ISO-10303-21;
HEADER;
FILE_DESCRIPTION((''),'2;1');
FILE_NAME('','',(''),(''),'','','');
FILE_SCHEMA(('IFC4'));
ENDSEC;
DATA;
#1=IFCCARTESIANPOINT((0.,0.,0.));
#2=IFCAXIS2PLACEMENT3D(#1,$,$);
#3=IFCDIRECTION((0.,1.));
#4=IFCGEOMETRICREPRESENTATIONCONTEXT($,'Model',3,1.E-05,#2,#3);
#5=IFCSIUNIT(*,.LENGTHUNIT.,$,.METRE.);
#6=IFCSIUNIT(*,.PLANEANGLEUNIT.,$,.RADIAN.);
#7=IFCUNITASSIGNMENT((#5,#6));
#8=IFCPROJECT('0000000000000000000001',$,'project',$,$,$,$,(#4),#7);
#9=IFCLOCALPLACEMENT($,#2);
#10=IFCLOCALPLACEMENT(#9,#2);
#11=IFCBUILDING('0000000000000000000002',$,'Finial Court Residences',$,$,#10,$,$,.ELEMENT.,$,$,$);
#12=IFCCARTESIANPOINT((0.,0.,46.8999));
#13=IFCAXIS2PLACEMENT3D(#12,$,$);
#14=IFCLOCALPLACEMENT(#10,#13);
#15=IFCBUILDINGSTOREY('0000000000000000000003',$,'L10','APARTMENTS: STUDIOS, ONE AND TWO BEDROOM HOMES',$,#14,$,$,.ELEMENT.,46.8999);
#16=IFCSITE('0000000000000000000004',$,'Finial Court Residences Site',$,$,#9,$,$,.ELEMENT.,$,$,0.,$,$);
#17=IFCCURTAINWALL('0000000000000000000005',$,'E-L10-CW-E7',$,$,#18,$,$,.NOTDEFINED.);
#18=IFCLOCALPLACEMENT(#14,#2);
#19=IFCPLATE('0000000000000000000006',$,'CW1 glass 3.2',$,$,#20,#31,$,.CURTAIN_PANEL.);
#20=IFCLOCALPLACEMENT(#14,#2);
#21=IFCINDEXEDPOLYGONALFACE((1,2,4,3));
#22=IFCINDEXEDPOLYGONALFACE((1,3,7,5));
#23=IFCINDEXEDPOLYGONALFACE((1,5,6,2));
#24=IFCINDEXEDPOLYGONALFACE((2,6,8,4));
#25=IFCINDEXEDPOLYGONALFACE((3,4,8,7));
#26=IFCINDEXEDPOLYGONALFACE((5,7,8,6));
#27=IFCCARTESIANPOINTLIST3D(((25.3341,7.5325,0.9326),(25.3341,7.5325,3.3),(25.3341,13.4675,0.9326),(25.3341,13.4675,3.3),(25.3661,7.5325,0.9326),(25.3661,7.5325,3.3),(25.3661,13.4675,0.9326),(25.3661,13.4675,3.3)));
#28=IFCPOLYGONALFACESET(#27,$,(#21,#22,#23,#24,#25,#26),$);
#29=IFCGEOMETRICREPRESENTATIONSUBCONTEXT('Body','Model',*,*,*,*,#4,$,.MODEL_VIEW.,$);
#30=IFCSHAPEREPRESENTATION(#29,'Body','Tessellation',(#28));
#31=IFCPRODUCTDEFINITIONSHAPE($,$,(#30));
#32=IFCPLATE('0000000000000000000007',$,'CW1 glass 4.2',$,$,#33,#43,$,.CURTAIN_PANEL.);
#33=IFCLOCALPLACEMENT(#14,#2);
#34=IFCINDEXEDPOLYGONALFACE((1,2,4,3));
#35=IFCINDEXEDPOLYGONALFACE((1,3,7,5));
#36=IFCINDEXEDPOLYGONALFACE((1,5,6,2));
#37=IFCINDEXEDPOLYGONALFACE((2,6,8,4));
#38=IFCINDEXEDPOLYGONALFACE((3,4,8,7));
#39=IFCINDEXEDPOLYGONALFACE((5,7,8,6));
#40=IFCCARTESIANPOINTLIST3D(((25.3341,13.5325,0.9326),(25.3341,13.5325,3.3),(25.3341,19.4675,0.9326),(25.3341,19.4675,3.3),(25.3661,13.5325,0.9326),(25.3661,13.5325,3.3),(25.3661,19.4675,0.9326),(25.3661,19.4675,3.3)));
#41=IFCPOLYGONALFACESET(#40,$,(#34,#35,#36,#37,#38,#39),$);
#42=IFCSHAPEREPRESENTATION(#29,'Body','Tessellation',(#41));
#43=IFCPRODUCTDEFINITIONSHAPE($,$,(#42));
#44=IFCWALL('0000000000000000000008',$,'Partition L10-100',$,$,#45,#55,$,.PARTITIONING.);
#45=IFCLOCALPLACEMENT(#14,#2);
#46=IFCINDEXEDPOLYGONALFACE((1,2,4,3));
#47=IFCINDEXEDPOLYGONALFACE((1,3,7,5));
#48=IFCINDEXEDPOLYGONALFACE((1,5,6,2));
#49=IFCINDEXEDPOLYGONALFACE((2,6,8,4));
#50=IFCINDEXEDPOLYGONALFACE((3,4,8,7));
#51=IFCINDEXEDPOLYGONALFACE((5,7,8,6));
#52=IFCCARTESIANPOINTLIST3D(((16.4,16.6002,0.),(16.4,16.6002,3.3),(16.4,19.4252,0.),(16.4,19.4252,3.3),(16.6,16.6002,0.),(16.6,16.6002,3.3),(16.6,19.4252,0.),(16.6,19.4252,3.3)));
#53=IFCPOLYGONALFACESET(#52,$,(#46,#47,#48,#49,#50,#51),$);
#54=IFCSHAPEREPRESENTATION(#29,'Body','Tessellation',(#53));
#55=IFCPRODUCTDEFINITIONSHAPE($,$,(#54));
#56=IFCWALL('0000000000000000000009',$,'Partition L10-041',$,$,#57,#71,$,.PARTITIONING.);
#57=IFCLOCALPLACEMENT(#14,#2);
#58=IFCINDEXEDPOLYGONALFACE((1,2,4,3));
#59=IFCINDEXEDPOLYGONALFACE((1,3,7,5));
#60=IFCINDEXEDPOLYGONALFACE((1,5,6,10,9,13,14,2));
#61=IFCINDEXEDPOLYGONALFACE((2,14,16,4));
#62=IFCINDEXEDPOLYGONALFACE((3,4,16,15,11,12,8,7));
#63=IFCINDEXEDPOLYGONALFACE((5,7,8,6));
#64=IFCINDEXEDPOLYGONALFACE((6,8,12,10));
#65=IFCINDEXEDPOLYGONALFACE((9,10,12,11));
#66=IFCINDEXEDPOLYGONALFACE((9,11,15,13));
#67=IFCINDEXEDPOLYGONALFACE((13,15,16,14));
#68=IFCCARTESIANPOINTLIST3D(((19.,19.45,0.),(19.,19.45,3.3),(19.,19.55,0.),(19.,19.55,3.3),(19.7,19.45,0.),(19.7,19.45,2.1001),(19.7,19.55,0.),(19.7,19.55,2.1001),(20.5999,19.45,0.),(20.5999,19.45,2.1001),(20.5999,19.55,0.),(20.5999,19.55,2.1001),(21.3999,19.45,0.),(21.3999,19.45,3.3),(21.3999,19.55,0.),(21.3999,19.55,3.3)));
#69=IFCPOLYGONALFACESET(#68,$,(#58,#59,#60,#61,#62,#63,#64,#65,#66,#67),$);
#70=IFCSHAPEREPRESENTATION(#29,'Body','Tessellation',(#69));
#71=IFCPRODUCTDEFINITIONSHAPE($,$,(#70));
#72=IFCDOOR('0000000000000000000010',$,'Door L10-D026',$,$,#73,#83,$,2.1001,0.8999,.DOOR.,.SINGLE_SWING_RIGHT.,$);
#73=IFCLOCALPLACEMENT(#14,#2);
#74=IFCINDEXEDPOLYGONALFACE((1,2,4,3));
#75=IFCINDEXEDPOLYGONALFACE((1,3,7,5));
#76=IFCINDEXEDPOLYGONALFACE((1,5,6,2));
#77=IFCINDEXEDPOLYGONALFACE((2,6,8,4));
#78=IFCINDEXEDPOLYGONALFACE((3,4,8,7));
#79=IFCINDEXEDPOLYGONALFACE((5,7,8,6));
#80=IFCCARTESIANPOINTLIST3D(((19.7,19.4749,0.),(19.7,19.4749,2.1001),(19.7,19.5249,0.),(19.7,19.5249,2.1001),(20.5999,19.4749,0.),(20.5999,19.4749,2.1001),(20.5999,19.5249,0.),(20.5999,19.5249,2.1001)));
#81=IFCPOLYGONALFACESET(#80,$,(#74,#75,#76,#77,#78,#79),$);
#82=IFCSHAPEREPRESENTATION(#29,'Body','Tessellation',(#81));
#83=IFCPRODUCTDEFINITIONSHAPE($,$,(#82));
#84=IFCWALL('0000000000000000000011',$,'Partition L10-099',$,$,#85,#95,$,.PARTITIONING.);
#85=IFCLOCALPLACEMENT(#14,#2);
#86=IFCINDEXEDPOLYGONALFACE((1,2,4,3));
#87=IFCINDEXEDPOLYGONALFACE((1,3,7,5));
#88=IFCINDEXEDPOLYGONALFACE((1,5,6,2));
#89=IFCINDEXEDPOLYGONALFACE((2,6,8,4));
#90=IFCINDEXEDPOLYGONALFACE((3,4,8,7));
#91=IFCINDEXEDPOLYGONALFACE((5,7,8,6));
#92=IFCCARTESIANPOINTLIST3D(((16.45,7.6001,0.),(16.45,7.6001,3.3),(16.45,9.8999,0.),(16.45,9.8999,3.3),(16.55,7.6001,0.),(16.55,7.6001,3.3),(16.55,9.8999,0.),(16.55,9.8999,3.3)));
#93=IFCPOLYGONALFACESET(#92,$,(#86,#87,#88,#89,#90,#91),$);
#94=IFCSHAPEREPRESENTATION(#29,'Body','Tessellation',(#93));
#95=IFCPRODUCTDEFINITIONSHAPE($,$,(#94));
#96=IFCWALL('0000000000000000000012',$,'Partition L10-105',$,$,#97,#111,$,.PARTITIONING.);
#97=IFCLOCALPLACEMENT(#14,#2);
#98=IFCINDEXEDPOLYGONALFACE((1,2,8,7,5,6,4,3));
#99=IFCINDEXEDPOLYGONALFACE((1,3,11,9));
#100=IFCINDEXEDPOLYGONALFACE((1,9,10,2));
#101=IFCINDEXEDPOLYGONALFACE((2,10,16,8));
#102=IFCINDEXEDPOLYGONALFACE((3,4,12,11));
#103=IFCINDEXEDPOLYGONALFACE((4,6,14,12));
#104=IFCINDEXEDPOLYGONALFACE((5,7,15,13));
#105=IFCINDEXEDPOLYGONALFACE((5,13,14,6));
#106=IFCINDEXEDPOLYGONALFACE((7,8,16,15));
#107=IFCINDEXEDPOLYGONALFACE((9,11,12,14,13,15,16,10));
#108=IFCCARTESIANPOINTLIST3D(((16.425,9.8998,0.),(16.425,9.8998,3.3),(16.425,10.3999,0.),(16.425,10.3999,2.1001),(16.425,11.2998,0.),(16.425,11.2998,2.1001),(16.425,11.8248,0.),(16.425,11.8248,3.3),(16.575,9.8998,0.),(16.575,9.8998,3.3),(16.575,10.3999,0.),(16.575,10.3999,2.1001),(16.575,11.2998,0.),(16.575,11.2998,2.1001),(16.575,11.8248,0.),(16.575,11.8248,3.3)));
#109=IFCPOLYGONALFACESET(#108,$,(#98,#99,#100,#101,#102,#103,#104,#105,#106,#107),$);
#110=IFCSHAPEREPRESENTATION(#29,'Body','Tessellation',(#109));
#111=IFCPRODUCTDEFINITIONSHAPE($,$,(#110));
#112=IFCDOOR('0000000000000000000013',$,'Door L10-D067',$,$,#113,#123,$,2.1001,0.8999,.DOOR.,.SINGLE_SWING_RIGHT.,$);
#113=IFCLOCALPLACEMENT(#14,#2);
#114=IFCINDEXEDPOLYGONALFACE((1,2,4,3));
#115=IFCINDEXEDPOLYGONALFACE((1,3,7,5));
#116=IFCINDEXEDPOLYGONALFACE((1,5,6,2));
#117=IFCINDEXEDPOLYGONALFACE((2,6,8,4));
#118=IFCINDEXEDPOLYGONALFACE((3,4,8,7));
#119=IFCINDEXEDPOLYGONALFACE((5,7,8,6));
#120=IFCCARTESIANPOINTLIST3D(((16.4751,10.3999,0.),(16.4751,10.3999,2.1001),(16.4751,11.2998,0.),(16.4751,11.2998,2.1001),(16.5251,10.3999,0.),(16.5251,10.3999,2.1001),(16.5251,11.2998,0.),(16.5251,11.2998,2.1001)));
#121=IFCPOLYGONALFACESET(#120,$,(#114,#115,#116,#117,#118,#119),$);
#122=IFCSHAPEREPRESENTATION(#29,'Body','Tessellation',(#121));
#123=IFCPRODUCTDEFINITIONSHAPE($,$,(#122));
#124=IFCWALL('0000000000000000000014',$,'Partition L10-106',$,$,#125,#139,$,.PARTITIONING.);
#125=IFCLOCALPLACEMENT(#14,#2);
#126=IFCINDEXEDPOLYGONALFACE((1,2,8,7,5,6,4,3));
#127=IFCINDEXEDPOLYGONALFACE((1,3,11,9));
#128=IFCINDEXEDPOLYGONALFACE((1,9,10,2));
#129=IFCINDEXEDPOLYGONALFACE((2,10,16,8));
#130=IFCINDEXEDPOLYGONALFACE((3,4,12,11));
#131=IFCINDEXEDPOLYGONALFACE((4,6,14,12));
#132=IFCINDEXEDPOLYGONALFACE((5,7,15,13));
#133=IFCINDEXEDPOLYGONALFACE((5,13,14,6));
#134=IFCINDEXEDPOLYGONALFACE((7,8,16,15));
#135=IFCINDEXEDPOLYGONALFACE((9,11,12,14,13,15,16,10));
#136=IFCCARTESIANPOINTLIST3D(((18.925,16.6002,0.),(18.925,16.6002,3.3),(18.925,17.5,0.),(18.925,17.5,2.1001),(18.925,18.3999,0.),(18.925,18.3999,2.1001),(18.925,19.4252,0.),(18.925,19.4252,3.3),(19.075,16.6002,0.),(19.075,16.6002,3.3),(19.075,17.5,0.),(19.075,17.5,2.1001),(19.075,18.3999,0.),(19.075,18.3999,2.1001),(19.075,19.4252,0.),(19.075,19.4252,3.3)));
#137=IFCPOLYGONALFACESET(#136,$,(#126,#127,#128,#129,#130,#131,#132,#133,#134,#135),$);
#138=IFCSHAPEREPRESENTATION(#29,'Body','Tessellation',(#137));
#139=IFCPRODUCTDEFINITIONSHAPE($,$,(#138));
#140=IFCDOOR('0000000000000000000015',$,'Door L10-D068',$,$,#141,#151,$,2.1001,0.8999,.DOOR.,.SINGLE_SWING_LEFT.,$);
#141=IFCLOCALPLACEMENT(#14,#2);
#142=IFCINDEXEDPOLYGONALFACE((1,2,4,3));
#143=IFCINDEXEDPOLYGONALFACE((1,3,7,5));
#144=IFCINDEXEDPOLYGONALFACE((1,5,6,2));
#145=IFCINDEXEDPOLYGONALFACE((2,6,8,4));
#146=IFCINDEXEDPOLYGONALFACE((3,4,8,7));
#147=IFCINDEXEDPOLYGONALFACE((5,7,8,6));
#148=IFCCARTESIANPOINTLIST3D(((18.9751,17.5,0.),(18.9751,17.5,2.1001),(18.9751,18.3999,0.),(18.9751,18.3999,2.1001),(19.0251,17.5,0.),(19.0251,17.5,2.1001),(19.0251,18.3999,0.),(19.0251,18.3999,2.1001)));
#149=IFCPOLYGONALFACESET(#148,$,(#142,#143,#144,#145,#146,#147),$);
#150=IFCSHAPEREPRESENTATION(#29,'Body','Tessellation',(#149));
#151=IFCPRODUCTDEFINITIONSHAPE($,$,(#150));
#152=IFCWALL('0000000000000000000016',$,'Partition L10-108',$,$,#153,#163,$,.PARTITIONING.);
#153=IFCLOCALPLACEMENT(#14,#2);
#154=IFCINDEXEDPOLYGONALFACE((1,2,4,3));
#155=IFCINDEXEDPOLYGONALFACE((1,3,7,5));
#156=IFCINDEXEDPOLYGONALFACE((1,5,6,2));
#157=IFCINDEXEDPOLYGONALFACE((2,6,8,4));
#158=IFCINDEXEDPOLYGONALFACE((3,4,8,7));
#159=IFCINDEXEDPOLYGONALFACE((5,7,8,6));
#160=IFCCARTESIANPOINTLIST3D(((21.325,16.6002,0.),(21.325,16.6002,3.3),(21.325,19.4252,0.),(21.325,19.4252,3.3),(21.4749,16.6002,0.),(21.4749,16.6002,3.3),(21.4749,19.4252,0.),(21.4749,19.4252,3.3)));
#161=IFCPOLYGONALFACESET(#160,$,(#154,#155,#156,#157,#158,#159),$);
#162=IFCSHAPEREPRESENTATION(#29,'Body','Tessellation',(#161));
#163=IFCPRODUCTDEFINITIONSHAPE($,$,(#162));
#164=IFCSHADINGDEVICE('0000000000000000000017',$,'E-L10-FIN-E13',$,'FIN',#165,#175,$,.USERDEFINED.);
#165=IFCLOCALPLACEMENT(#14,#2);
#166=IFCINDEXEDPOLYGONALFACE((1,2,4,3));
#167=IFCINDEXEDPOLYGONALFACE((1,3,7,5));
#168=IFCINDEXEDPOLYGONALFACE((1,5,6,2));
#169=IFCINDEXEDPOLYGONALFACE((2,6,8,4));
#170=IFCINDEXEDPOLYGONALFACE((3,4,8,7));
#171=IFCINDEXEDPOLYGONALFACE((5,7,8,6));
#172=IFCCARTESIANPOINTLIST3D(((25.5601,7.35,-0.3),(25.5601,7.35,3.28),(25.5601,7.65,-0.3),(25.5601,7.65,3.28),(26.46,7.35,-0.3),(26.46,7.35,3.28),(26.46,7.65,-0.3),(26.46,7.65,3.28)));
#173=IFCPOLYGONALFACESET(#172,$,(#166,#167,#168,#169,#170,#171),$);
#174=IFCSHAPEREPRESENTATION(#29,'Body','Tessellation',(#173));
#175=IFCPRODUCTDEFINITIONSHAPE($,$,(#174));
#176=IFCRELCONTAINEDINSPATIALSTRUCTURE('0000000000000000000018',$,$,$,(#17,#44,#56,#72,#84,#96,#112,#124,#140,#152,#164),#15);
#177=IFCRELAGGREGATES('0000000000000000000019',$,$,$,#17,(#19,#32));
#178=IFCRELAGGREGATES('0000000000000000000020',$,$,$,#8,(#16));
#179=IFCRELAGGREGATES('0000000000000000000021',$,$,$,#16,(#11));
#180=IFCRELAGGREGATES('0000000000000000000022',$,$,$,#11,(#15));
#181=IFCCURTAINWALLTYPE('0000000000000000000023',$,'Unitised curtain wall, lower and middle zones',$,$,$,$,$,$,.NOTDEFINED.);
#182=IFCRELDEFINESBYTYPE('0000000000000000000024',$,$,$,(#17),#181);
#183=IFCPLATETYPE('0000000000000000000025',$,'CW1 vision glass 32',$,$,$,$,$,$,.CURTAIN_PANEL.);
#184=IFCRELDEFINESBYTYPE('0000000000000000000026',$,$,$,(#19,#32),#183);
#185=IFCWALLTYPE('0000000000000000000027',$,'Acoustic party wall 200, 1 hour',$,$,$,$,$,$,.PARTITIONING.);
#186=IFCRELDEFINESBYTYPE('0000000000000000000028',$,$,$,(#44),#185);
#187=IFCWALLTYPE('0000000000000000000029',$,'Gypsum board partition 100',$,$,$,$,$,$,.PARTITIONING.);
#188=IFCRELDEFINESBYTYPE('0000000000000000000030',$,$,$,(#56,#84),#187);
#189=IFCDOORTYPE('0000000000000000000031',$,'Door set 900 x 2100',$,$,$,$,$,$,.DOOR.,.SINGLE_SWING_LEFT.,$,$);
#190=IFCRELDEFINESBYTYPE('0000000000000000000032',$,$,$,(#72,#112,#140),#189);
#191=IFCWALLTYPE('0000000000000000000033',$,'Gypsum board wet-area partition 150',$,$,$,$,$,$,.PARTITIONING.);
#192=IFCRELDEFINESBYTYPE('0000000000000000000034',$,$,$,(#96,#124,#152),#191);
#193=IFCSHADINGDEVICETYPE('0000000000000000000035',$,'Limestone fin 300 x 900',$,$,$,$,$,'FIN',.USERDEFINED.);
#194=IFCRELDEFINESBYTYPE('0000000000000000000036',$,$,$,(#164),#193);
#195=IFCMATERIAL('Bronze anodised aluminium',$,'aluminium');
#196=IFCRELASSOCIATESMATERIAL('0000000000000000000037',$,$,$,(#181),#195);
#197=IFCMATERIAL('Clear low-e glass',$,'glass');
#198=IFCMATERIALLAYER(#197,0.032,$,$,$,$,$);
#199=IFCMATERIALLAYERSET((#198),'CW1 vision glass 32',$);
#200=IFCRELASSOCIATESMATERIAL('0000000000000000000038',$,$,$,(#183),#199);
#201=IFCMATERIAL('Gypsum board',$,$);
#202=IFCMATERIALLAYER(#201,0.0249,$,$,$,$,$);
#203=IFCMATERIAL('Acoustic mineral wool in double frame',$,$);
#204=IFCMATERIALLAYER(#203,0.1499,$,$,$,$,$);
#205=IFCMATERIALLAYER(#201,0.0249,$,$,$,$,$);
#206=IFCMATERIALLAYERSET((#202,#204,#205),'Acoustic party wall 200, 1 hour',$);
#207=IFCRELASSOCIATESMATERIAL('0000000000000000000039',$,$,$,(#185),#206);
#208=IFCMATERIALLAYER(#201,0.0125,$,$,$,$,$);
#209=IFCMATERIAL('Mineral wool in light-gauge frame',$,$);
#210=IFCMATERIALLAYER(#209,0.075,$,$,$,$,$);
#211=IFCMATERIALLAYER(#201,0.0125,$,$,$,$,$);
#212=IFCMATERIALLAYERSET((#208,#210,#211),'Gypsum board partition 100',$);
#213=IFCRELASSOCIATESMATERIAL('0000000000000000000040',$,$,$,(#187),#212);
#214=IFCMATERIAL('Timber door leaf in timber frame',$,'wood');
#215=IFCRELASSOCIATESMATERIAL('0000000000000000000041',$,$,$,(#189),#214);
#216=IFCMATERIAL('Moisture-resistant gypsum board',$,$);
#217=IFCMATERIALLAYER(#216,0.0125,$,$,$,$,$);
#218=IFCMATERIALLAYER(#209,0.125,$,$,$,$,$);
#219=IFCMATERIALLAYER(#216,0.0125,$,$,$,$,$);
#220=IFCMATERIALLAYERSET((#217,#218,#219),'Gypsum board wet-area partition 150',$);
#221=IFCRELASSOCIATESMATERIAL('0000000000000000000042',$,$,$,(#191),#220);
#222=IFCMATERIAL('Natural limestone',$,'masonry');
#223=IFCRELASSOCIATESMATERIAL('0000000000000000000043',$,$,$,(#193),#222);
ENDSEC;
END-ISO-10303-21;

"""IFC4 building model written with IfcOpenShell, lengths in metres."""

from ifc_helpers import new_model, si_unit, direction, frame, frame_2d, origin, origin_2d, place, context, subcontext, project, spatial, rectangle, extrude, material, layer, layer_set, type_object, element, fill, aggregate, save


model = new_model("IFC4")

# Units and contexts
model_context = context("Model", 3, precision=1e-05, world=origin(), true_north=direction((0.0, 1.0)))
body_context = subcontext(model_context, "Body", "Model", "MODEL_VIEW")
ifc_project = project(units=[si_unit("LENGTHUNIT", "METRE"), si_unit("PLANEANGLEUNIT", "RADIAN")], contexts=[model_context])

# Site, building, storey
site_placement = place(None, origin())
site = spatial("IfcSite", under=ifc_project, at=site_placement, Name="Finial Court Residences Site", CompositionType="ELEMENT", RefElevation=0.0)
building_placement = place(site_placement, origin())
building = spatial("IfcBuilding", under=site, at=building_placement, Name="Finial Court Residences", CompositionType="ELEMENT")
storey_placement = place(building_placement, frame((0.0, 0.0, 46.8999)))
storey = spatial("IfcBuildingStorey", under=building, at=storey_placement, Name="L10", Description="APARTMENTS: STUDIOS, ONE AND TWO BEDROOM HOMES", CompositionType="ELEMENT", Elevation=46.8999)

# Curtain wall, plates
ifc_material_1 = material(Name="Bronze anodised aluminium", Category="aluminium")
curtain_wall_type = type_object("IfcCurtainWallType", Name="Unitised curtain wall, lower and middle zones", PredefinedType="NOTDEFINED", material=ifc_material_1)
curtain_wall_placement = place(storey_placement, origin())
curtain_wall = element("IfcCurtainWall", 1, at=curtain_wall_placement, inside=storey, type_object=curtain_wall_type, Name="E-L10-CW-E7", PredefinedType="NOTDEFINED")
ifc_material_2 = material(Name="Clear low-e glass", Category="glass")
ifc_layer_1 = layer(ifc_material_2, 0.032)
ifc_layer_set_1 = layer_set([ifc_layer_1], Name="CW1 vision glass 32")
plate_type_1 = type_object("IfcPlateType", Name="CW1 vision glass 32", PredefinedType="CURTAIN_PANEL", material=ifc_layer_set_1)
plate_1_placement = place(storey_placement, frame((25.3501, 10.5, 0.9326), z_axis=(0.0, 0.0, 1.0), x_axis=(0.0, 1.0, 0.0)))
plate_1 = element("IfcPlate", 2, at=plate_1_placement, type_object=plate_type_1, Name="CW1 glass 3.2", PredefinedType="CURTAIN_PANEL", context=body_context, shape_type="SweptSolid", body=[
    extrude(rectangle(XDim=5.9351, YDim=0.032, at=origin_2d()), origin(), (0.0, 0.0, 1.0), 2.3674),
])
plate_2_placement = place(storey_placement, frame((25.3501, 16.5, 0.9326), z_axis=(0.0, 0.0, 1.0), x_axis=(0.0, 1.0, 0.0)))
plate_2 = element("IfcPlate", 3, at=plate_2_placement, type_object=plate_type_1, Name="CW1 glass 4.2", PredefinedType="CURTAIN_PANEL", context=body_context, shape_type="SweptSolid", body=[
    extrude(rectangle(XDim=5.9351, YDim=0.032, at=origin_2d()), origin(), (0.0, 0.0, 1.0), 2.3674),
])
aggregate(curtain_wall, [plate_1, plate_2])

# Wall
ifc_material_3 = material(Name="Gypsum board")
ifc_layer_2 = layer(ifc_material_3, 0.0249)
ifc_material_4 = material(Name="Acoustic mineral wool in double frame")
ifc_layer_3 = layer(ifc_material_4, 0.1499)
ifc_layer_4 = layer(ifc_material_3, 0.0249)
ifc_layer_set_2 = layer_set([ifc_layer_2, ifc_layer_3, ifc_layer_4], Name="Acoustic party wall 200, 1 hour")
wall_type_1 = type_object("IfcWallType", Name="Acoustic party wall 200, 1 hour", PredefinedType="PARTITIONING", material=ifc_layer_set_2)
wall_1_placement = place(storey_placement, frame((16.5, 16.6001, 0.0), z_axis=(0.0, 0.0, 1.0), x_axis=(0.0, 1.0, 0.0)))
element("IfcWall", 4, at=wall_1_placement, inside=storey, type_object=wall_type_1, Name="Partition L10-100", PredefinedType="PARTITIONING", context=body_context, shape_type="SweptSolid", body=[
    extrude(rectangle(XDim=2.825, YDim=0.2, at=frame_2d((1.4126, 0.0))), origin(), (0.0, 0.0, 1.0), 3.3),
])

# Wall, opening, door
ifc_layer_5 = layer(ifc_material_3, 0.0125)
ifc_material_5 = material(Name="Mineral wool in light-gauge frame")
ifc_layer_6 = layer(ifc_material_5, 0.075)
ifc_layer_7 = layer(ifc_material_3, 0.0125)
ifc_layer_set_3 = layer_set([ifc_layer_5, ifc_layer_6, ifc_layer_7], Name="Gypsum board partition 100")
wall_type_2 = type_object("IfcWallType", Name="Gypsum board partition 100", PredefinedType="PARTITIONING", material=ifc_layer_set_3)
wall_2_placement = place(storey_placement, frame((19.0, 19.5, 0.0), z_axis=(0.0, 0.0, 1.0), x_axis=(1.0, 0.0, 0.0)))
wall_2 = element("IfcWall", 5, at=wall_2_placement, inside=storey, type_object=wall_type_2, Name="Partition L10-041", PredefinedType="PARTITIONING", context=body_context, shape_type="SweptSolid", body=[
    extrude(rectangle(XDim=2.3999, YDim=0.1001, at=frame_2d((1.2, 0.0))), origin(), (0.0, 0.0, 1.0), 3.3),
])
opening_1_placement = place(wall_2_placement, frame((0.7, 0.0, 0.0)))
opening_1 = element("IfcOpeningElement", 6, at=opening_1_placement, cuts=wall_2, PredefinedType="OPENING", context=body_context, shape_type="SweptSolid", body=[
    extrude(rectangle(XDim=0.8999, YDim=2.1001, at=frame_2d((0.45, 1.05))), frame((0.0, 0.0601, 0.0), z_axis=(0.0, -1.0, 0.0), x_axis=(1.0, 0.0, 0.0)), (0.0, 0.0, 1.0), 0.1201),
])
ifc_material_6 = material(Name="Timber door leaf in timber frame", Category="wood")
door_type = type_object("IfcDoorType", Name="Door set 900 x 2100", OperationType="SINGLE_SWING_LEFT", PredefinedType="DOOR", material=ifc_material_6)
door_1_placement = place(opening_1_placement, origin())
door_1 = element("IfcDoor", 7, at=door_1_placement, inside=storey, type_object=door_type, Name="Door L10-D026", OperationType="SINGLE_SWING_RIGHT", OverallHeight=2.1001, OverallWidth=0.8999, PredefinedType="DOOR", context=body_context, shape_type="SweptSolid", body=[
    extrude(rectangle(XDim=0.8999, YDim=2.1001, at=frame_2d((0.45, 1.05))), frame((0.0, 0.0249, 0.0), z_axis=(0.0, -1.0, 0.0), x_axis=(1.0, 0.0, 0.0)), (0.0, 0.0, 1.0), 0.05),
])
fill(opening_1, door_1)

# Wall
wall_3_placement = place(storey_placement, frame((16.5, 7.6001, 0.0), z_axis=(0.0, 0.0, 1.0), x_axis=(0.0, 1.0, 0.0)))
element("IfcWall", 8, at=wall_3_placement, inside=storey, type_object=wall_type_2, Name="Partition L10-099", PredefinedType="PARTITIONING", context=body_context, shape_type="SweptSolid", body=[
    extrude(rectangle(XDim=2.2998, YDim=0.1001, at=frame_2d((1.1499, 0.0))), origin(), (0.0, 0.0, 1.0), 3.3),
])

# Walls, openings, doors
ifc_material_7 = material(Name="Moisture-resistant gypsum board")
ifc_layer_8 = layer(ifc_material_7, 0.0125)
ifc_layer_9 = layer(ifc_material_5, 0.125)
ifc_layer_10 = layer(ifc_material_7, 0.0125)
ifc_layer_set_4 = layer_set([ifc_layer_8, ifc_layer_9, ifc_layer_10], Name="Gypsum board wet-area partition 150")
wall_type_3 = type_object("IfcWallType", Name="Gypsum board wet-area partition 150", PredefinedType="PARTITIONING", material=ifc_layer_set_4)
wall_4_placement = place(storey_placement, frame((16.5, 9.8999, 0.0), z_axis=(0.0, 0.0, 1.0), x_axis=(0.0, 1.0, 0.0)))
wall_4 = element("IfcWall", 9, at=wall_4_placement, inside=storey, type_object=wall_type_3, Name="Partition L10-105", PredefinedType="PARTITIONING", context=body_context, shape_type="SweptSolid", body=[
    extrude(rectangle(XDim=1.925, YDim=0.1499, at=frame_2d((0.9624, 0.0))), origin(), (0.0, 0.0, 1.0), 3.3),
])
opening_2_placement = place(wall_4_placement, frame((0.5, 0.0, 0.0)))
opening_2 = element("IfcOpeningElement", 10, at=opening_2_placement, cuts=wall_4, PredefinedType="OPENING", context=body_context, shape_type="SweptSolid", body=[
    extrude(rectangle(XDim=0.8999, YDim=2.1001, at=frame_2d((0.45, 1.05))), frame((0.0, 0.085, 0.0), z_axis=(0.0, -1.0, 0.0), x_axis=(1.0, 0.0, 0.0)), (0.0, 0.0, 1.0), 0.1699),
])
door_2_placement = place(opening_2_placement, origin())
door_2 = element("IfcDoor", 11, at=door_2_placement, inside=storey, type_object=door_type, Name="Door L10-D067", OperationType="SINGLE_SWING_RIGHT", OverallHeight=2.1001, OverallWidth=0.8999, PredefinedType="DOOR", context=body_context, shape_type="SweptSolid", body=[
    extrude(rectangle(XDim=0.8999, YDim=2.1001, at=frame_2d((0.45, 1.05))), frame((0.0, 0.0249, 0.0), z_axis=(0.0, -1.0, 0.0), x_axis=(1.0, 0.0, 0.0)), (0.0, 0.0, 1.0), 0.05),
])
fill(opening_2, door_2)
wall_5_placement = place(storey_placement, frame((19.0, 16.6001, 0.0), z_axis=(0.0, 0.0, 1.0), x_axis=(0.0, 1.0, 0.0)))
wall_5 = element("IfcWall", 12, at=wall_5_placement, inside=storey, type_object=wall_type_3, Name="Partition L10-106", PredefinedType="PARTITIONING", context=body_context, shape_type="SweptSolid", body=[
    extrude(rectangle(XDim=2.825, YDim=0.1499, at=frame_2d((1.4126, 0.0))), origin(), (0.0, 0.0, 1.0), 3.3),
])
opening_3_placement = place(wall_5_placement, frame((0.8999, 0.0, 0.0)))
opening_3 = element("IfcOpeningElement", 13, at=opening_3_placement, cuts=wall_5, PredefinedType="OPENING", context=body_context, shape_type="SweptSolid", body=[
    extrude(rectangle(XDim=0.8999, YDim=2.1001, at=frame_2d((0.45, 1.05))), frame((0.0, 0.085, 0.0), z_axis=(0.0, -1.0, 0.0), x_axis=(1.0, 0.0, 0.0)), (0.0, 0.0, 1.0), 0.1699),
])
door_3_placement = place(opening_3_placement, origin())
door_3 = element("IfcDoor", 14, at=door_3_placement, inside=storey, type_object=door_type, Name="Door L10-D068", OperationType="SINGLE_SWING_LEFT", OverallHeight=2.1001, OverallWidth=0.8999, PredefinedType="DOOR", context=body_context, shape_type="SweptSolid", body=[
    extrude(rectangle(XDim=0.8999, YDim=2.1001, at=frame_2d((0.45, 1.05))), frame((0.0, 0.0249, 0.0), z_axis=(0.0, -1.0, 0.0), x_axis=(1.0, 0.0, 0.0)), (0.0, 0.0, 1.0), 0.05),
])
fill(opening_3, door_3)

# Wall
wall_6_placement = place(storey_placement, frame((21.3999, 16.6001, 0.0), z_axis=(0.0, 0.0, 1.0), x_axis=(0.0, 1.0, 0.0)))
element("IfcWall", 15, at=wall_6_placement, inside=storey, type_object=wall_type_3, Name="Partition L10-108", PredefinedType="PARTITIONING", context=body_context, shape_type="SweptSolid", body=[
    extrude(rectangle(XDim=2.825, YDim=0.1499, at=frame_2d((1.4126, 0.0))), origin(), (0.0, 0.0, 1.0), 3.3),
])

# Shading device
ifc_material_8 = material(Name="Natural limestone", Category="masonry")
shading_device_type = type_object("IfcShadingDeviceType", Name="Limestone fin 300 x 900", ElementType="FIN", PredefinedType="USERDEFINED", material=ifc_material_8)
for number, where, z_axis, x_axis, name in (
    (16, (26.01, 7.5, -0.3), (0.0, 0.0, 1.0), (1.0, 0.0, 0.0), "E-L10-FIN-E13"),
):
    element("IfcShadingDevice", number, at=place(storey_placement, frame(where, z_axis=z_axis, x_axis=x_axis)), inside=storey, type_object=shading_device_type, Name=name, ObjectType="FIN", PredefinedType="USERDEFINED", context=body_context, shape_type="SweptSolid", body=[
        extrude(rectangle(XDim=0.8999, YDim=0.3, at=origin_2d()), origin(), (0.0, 0.0, 1.0), 3.5801),
    ])

save(model, "model.ifc")
